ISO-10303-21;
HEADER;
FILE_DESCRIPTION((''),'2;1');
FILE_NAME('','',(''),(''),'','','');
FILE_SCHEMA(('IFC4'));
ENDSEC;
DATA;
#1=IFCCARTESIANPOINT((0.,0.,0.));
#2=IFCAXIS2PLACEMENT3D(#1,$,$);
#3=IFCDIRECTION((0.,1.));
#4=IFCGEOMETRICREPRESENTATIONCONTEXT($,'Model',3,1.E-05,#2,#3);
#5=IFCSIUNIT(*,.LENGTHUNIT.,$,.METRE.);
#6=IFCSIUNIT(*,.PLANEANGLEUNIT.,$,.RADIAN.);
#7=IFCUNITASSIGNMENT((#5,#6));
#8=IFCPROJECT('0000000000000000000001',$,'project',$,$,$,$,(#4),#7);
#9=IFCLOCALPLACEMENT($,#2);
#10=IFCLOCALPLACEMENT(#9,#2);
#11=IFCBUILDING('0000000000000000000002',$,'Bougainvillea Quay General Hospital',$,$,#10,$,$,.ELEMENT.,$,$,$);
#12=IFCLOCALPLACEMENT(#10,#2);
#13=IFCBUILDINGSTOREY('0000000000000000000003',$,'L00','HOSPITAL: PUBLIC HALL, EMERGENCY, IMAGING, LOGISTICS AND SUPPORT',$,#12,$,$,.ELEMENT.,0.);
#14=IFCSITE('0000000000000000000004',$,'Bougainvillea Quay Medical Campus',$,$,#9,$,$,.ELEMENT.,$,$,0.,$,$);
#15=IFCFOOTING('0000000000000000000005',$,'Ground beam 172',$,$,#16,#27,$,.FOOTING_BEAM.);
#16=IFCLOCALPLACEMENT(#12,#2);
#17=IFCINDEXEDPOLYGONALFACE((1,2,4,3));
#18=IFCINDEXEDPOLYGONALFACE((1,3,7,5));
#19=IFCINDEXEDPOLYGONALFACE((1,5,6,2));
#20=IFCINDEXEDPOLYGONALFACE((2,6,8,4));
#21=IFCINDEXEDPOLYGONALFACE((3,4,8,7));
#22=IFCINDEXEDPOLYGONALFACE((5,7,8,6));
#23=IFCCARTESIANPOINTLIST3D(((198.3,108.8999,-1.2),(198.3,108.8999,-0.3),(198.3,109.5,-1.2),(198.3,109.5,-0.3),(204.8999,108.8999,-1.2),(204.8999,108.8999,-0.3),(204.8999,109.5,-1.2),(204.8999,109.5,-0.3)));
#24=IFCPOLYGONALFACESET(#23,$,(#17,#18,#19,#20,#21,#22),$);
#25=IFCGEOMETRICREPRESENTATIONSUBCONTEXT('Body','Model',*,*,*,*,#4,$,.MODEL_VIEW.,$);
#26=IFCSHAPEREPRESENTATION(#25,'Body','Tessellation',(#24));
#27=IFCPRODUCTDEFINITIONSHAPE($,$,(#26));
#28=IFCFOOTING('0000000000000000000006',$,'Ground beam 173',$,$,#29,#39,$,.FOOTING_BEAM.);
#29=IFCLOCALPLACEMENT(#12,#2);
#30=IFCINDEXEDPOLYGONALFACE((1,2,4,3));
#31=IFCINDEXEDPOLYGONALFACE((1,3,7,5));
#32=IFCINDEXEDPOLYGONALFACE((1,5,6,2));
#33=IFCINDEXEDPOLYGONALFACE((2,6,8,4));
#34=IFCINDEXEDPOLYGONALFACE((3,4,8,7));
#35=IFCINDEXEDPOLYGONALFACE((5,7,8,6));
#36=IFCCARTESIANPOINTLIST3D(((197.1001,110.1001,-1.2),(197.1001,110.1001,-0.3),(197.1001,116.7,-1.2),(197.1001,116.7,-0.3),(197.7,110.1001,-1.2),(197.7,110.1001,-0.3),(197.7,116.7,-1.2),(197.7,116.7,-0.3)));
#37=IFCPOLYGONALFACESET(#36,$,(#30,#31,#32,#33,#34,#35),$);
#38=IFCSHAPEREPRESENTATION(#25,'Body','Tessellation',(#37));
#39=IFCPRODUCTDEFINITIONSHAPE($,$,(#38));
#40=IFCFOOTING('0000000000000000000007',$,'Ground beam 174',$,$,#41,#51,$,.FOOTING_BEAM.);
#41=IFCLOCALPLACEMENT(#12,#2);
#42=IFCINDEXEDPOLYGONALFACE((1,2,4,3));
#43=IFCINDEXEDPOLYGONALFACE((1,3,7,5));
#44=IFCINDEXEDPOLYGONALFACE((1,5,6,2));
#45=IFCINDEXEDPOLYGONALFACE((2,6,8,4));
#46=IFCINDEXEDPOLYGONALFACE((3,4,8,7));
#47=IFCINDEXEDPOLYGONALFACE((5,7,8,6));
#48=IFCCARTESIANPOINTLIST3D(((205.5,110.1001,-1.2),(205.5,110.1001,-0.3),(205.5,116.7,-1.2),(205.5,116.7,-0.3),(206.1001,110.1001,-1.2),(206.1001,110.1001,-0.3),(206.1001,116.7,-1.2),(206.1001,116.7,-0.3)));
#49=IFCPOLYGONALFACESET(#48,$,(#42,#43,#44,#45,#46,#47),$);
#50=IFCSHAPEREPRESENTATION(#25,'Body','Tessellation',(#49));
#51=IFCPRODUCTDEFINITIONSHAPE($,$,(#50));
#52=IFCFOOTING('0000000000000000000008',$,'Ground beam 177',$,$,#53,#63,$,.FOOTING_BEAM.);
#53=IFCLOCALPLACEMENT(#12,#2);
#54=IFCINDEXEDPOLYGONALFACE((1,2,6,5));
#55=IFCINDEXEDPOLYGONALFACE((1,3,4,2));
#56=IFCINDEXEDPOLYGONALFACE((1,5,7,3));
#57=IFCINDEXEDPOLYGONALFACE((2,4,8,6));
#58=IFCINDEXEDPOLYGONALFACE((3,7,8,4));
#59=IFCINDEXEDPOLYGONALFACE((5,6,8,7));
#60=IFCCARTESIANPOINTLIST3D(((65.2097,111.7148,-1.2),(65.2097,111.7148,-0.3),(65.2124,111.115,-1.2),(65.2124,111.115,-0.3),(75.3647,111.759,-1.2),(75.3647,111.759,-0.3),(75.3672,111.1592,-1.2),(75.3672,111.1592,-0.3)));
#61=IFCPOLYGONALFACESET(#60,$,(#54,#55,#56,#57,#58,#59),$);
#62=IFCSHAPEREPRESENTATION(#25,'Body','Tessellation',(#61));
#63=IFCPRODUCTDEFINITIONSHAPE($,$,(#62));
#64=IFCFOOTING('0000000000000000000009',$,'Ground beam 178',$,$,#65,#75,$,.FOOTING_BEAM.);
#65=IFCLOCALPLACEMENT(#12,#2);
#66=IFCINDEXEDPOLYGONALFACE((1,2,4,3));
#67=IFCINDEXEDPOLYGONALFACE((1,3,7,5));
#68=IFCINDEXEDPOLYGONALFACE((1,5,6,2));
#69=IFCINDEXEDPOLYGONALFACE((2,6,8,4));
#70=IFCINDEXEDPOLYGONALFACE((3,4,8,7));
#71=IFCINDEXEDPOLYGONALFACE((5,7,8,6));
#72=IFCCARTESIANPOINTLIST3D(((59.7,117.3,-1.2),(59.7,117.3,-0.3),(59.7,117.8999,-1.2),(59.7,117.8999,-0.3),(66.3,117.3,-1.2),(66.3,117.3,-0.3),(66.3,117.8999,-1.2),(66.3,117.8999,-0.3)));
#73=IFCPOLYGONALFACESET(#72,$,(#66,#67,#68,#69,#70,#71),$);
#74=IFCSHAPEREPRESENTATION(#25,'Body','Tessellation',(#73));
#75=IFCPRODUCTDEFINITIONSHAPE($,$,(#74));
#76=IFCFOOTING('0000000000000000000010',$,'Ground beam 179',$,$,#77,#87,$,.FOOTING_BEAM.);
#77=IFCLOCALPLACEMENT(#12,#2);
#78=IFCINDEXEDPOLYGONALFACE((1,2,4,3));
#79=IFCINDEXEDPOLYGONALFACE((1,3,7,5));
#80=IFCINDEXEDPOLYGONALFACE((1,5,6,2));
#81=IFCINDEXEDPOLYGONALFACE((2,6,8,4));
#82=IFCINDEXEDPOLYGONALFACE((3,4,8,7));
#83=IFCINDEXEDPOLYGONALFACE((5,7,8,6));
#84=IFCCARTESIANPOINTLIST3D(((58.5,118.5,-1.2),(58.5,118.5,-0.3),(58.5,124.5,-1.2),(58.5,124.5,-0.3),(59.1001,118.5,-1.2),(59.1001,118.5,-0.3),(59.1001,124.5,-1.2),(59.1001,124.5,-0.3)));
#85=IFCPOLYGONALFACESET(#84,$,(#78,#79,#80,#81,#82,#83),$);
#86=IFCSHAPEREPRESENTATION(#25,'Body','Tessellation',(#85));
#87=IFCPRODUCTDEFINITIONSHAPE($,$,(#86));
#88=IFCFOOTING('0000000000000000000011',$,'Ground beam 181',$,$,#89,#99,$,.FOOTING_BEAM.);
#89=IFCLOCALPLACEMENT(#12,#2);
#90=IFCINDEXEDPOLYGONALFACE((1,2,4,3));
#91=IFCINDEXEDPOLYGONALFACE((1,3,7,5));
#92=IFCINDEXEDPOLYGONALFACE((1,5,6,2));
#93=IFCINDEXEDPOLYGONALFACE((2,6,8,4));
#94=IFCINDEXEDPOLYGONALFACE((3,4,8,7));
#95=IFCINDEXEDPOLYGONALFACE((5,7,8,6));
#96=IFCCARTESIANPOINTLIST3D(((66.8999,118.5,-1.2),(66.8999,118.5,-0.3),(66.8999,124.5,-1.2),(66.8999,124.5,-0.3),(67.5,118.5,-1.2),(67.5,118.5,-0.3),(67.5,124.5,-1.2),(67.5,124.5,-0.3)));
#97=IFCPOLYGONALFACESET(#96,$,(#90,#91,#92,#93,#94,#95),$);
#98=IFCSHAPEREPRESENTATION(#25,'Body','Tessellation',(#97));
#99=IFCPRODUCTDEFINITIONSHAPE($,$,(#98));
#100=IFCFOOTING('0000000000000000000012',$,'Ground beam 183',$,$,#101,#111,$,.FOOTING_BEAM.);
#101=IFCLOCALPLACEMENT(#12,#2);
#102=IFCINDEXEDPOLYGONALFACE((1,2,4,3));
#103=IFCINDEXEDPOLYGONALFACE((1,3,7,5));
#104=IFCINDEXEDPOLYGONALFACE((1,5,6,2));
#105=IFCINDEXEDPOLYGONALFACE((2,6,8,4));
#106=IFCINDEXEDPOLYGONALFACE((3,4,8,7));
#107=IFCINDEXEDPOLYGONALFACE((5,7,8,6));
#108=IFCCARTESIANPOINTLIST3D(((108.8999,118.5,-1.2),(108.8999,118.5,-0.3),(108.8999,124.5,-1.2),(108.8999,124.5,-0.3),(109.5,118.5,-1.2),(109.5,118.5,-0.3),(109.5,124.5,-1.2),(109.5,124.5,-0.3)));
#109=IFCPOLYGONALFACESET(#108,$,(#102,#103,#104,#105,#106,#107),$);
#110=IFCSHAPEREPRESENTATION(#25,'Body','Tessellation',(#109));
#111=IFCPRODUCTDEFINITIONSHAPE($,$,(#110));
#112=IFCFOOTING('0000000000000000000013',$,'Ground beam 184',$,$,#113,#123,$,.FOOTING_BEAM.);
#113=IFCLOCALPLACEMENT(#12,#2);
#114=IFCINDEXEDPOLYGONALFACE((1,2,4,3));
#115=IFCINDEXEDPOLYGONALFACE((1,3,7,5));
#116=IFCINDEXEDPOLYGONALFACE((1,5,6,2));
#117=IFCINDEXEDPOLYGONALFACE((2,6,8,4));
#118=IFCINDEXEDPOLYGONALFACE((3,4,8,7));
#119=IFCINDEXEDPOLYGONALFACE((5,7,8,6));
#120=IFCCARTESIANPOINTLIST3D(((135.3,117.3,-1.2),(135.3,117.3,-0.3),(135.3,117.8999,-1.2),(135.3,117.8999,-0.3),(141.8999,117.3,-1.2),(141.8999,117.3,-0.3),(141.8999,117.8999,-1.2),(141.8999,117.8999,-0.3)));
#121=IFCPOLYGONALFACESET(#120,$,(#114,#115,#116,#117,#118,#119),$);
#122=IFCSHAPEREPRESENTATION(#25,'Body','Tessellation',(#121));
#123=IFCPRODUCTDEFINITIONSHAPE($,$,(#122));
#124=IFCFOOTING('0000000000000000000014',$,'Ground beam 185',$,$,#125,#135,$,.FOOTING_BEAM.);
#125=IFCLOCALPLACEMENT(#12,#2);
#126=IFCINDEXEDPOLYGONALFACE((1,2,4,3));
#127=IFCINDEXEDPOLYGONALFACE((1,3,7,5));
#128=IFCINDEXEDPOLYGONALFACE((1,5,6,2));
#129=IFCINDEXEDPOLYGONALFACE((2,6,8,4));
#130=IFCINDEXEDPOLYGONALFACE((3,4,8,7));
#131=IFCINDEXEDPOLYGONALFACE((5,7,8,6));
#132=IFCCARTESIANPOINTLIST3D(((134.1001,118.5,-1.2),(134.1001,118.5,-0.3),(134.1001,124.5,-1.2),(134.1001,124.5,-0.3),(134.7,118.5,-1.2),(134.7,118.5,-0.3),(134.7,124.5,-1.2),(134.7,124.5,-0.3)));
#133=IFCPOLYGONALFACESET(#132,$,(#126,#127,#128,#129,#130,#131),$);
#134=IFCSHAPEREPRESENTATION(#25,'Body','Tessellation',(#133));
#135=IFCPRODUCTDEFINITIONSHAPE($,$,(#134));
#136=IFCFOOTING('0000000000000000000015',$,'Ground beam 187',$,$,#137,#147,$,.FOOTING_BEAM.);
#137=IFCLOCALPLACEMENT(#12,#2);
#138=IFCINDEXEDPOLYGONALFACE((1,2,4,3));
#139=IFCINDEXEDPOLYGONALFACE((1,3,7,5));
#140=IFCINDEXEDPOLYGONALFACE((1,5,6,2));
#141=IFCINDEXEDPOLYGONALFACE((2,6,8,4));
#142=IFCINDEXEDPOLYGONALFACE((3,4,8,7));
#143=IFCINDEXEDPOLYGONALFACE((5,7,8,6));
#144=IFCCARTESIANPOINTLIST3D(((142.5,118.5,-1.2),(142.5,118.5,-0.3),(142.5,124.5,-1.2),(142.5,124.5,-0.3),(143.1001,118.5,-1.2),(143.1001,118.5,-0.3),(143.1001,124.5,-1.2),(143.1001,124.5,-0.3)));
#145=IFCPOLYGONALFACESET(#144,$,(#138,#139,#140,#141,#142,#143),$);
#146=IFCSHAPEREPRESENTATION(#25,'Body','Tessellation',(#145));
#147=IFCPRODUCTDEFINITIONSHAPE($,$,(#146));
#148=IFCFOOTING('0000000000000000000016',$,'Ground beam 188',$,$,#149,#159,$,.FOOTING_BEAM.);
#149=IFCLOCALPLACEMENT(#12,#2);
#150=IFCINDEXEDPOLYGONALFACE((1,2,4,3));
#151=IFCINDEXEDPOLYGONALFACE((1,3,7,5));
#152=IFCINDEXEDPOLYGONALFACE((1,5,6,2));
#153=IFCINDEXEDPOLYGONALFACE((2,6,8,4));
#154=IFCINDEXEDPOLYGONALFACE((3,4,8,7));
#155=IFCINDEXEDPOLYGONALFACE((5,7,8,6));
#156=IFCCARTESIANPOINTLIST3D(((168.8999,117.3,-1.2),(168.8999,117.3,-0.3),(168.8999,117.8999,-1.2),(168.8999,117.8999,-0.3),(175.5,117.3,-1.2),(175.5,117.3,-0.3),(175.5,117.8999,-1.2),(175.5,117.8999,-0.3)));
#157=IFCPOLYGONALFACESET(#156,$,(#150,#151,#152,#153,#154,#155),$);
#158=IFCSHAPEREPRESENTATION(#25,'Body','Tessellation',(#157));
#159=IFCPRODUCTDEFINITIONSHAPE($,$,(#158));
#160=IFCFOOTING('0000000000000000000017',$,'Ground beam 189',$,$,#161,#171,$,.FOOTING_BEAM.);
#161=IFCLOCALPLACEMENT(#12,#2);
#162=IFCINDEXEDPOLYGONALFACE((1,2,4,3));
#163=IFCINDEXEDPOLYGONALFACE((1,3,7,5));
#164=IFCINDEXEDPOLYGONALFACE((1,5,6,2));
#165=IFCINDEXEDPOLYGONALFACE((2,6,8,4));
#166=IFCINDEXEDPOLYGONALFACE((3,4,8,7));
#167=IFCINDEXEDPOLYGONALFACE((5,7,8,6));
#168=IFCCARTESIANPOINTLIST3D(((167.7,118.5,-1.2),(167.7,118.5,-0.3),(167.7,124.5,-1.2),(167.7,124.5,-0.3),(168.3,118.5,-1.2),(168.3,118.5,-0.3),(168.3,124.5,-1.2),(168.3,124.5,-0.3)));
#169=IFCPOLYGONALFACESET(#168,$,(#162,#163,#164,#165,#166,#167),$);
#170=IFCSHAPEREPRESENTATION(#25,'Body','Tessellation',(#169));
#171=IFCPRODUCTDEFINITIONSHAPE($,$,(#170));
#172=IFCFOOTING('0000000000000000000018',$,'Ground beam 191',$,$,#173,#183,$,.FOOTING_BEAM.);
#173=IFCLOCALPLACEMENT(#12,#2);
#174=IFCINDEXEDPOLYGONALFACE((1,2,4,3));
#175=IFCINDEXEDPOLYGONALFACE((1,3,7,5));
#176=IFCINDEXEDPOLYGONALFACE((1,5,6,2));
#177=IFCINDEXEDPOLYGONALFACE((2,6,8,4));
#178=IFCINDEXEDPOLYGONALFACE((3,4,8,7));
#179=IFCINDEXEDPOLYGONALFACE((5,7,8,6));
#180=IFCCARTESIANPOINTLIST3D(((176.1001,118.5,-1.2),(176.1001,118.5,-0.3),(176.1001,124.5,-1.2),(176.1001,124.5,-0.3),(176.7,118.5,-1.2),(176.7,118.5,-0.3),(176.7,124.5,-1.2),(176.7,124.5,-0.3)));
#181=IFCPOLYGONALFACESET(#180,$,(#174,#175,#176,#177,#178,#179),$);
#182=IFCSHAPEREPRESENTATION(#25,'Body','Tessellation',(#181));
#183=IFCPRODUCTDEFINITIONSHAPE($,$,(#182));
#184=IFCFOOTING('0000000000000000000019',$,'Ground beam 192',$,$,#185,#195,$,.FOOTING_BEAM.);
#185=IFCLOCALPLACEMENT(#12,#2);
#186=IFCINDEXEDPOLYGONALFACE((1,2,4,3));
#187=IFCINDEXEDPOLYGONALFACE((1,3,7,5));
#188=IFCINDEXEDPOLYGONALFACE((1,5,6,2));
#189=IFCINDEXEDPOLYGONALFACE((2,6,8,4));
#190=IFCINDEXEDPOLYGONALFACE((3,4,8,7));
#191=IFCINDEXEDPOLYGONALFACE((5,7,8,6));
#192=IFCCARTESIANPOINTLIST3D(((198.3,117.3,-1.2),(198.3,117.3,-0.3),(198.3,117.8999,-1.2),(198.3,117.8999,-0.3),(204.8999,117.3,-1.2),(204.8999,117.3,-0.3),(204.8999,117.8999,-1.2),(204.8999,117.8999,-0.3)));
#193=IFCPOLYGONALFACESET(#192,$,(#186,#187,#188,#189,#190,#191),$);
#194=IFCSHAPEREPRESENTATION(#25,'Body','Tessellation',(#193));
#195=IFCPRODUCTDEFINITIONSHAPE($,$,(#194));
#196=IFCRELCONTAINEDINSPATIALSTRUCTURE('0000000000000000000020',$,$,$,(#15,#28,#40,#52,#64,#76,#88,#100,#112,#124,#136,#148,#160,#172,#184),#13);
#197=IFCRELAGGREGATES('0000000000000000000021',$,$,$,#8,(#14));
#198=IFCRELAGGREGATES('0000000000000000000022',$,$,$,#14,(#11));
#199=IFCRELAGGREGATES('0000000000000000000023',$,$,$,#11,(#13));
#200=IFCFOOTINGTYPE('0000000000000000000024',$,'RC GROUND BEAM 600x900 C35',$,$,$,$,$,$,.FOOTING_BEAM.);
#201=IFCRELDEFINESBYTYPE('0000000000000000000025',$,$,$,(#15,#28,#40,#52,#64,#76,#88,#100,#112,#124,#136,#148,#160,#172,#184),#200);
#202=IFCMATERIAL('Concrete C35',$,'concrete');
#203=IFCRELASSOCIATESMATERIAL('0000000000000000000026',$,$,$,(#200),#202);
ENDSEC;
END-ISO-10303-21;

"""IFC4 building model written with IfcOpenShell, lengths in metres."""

from ifc_helpers import new_model, si_unit, direction, frame, origin, origin_2d, place, context, subcontext, project, spatial, polyline, rectangle, outline, extrude, material, material_profile, profile_set, type_object, element, save


model = new_model("IFC4")

# Units and contexts
model_context = context("Model", 3, precision=1e-05, world=origin(), true_north=direction((0.0, 1.0)))
body_context = subcontext(model_context, "Body", "Model", "MODEL_VIEW")
ifc_project = project(units=[si_unit("LENGTHUNIT", "METRE"), si_unit("PLANEANGLEUNIT", "RADIAN")], contexts=[model_context])

# Site, building, storey
site_placement = place(None, origin())
site = spatial("IfcSite", under=ifc_project, at=site_placement, Name="Bougainvillea Quay Medical Campus", CompositionType="ELEMENT", RefElevation=0.0)
building_placement = place(site_placement, origin())
building = spatial("IfcBuilding", under=site, at=building_placement, Name="Bougainvillea Quay General Hospital", CompositionType="ELEMENT")
storey_placement = place(building_placement, origin())
storey = spatial("IfcBuildingStorey", under=building, at=storey_placement, Name="L00", Description="HOSPITAL: PUBLIC HALL, EMERGENCY, IMAGING, LOGISTICS AND SUPPORT", CompositionType="ELEMENT", Elevation=0.0)

# Footings
ifc_material = material(Name="Concrete C35", Category="concrete")
ifc_material_profile = material_profile(ifc_material, rectangle(XDim=0.6001, YDim=0.8999, at=origin_2d()))
ifc_profile_set = profile_set([ifc_material_profile], Name="Concrete C35")
footing_type = type_object("IfcFootingType", Name="RC GROUND BEAM 600x900 C35", PredefinedType="FOOTING_BEAM", material=ifc_profile_set)
footing_1_placement = place(storey_placement, frame((0.0, 0.0, -1.2)))
element("IfcFooting", 1, at=footing_1_placement, inside=storey, type_object=footing_type, Name="Ground beam 172", PredefinedType="FOOTING_BEAM", context=body_context, shape_type="SweptSolid", body=[
    extrude(outline(polyline([(198.3, 109.5), (204.8999, 109.5), (204.8999, 108.8999), (198.3, 108.8999), (198.3, 109.5)])), origin(), (0.0, 0.0, 1.0), 0.8999),
])
footing_2_placement = place(storey_placement, frame((0.0, 0.0, -1.2)))
element("IfcFooting", 2, at=footing_2_placement, inside=storey, type_object=footing_type, Name="Ground beam 173", PredefinedType="FOOTING_BEAM", context=body_context, shape_type="SweptSolid", body=[
    extrude(outline(polyline([(197.1001, 110.1001), (197.1001, 116.7), (197.7, 116.7), (197.7, 110.1001), (197.1001, 110.1001)])), origin(), (0.0, 0.0, 1.0), 0.8999),
])
footing_3_placement = place(storey_placement, frame((0.0, 0.0, -1.2)))
element("IfcFooting", 3, at=footing_3_placement, inside=storey, type_object=footing_type, Name="Ground beam 174", PredefinedType="FOOTING_BEAM", context=body_context, shape_type="SweptSolid", body=[
    extrude(outline(polyline([(205.5, 110.1001), (205.5, 116.7), (206.1001, 116.7), (206.1001, 110.1001), (205.5, 110.1001)])), origin(), (0.0, 0.0, 1.0), 0.8999),
])
footing_4_placement = place(storey_placement, frame((0.0, 0.0, -1.2)))
element("IfcFooting", 4, at=footing_4_placement, inside=storey, type_object=footing_type, Name="Ground beam 177", PredefinedType="FOOTING_BEAM", context=body_context, shape_type="SweptSolid", body=[
    extrude(outline(polyline([(65.2097, 111.7148), (75.3647, 111.759), (75.3672, 111.1592), (65.2124, 111.115), (65.2097, 111.7148)])), origin(), (0.0, 0.0, 1.0), 0.8999),
])
footing_5_placement = place(storey_placement, frame((0.0, 0.0, -1.2)))
element("IfcFooting", 5, at=footing_5_placement, inside=storey, type_object=footing_type, Name="Ground beam 178", PredefinedType="FOOTING_BEAM", context=body_context, shape_type="SweptSolid", body=[
    extrude(outline(polyline([(59.7, 117.8999), (66.3, 117.8999), (66.3, 117.3), (59.7, 117.3), (59.7, 117.8999)])), origin(), (0.0, 0.0, 1.0), 0.8999),
])
footing_6_placement = place(storey_placement, frame((0.0, 0.0, -1.2)))
element("IfcFooting", 6, at=footing_6_placement, inside=storey, type_object=footing_type, Name="Ground beam 179", PredefinedType="FOOTING_BEAM", context=body_context, shape_type="SweptSolid", body=[
    extrude(outline(polyline([(58.5, 118.5), (58.5, 124.5), (59.1001, 124.5), (59.1001, 118.5), (58.5, 118.5)])), origin(), (0.0, 0.0, 1.0), 0.8999),
])
footing_7_placement = place(storey_placement, frame((0.0, 0.0, -1.2)))
element("IfcFooting", 7, at=footing_7_placement, inside=storey, type_object=footing_type, Name="Ground beam 181", PredefinedType="FOOTING_BEAM", context=body_context, shape_type="SweptSolid", body=[
    extrude(outline(polyline([(66.8999, 118.5), (66.8999, 124.5), (67.5, 124.5), (67.5, 118.5), (66.8999, 118.5)])), origin(), (0.0, 0.0, 1.0), 0.8999),
])
footing_8_placement = place(storey_placement, frame((0.0, 0.0, -1.2)))
element("IfcFooting", 8, at=footing_8_placement, inside=storey, type_object=footing_type, Name="Ground beam 183", PredefinedType="FOOTING_BEAM", context=body_context, shape_type="SweptSolid", body=[
    extrude(outline(polyline([(108.8999, 118.5), (108.8999, 124.5), (109.5, 124.5), (109.5, 118.5), (108.8999, 118.5)])), origin(), (0.0, 0.0, 1.0), 0.8999),
])
footing_9_placement = place(storey_placement, frame((0.0, 0.0, -1.2)))
element("IfcFooting", 9, at=footing_9_placement, inside=storey, type_object=footing_type, Name="Ground beam 184", PredefinedType="FOOTING_BEAM", context=body_context, shape_type="SweptSolid", body=[
    extrude(outline(polyline([(135.3, 117.8999), (141.8999, 117.8999), (141.8999, 117.3), (135.3, 117.3), (135.3, 117.8999)])), origin(), (0.0, 0.0, 1.0), 0.8999),
])
footing_10_placement = place(storey_placement, frame((0.0, 0.0, -1.2)))
element("IfcFooting", 10, at=footing_10_placement, inside=storey, type_object=footing_type, Name="Ground beam 185", PredefinedType="FOOTING_BEAM", context=body_context, shape_type="SweptSolid", body=[
    extrude(outline(polyline([(134.1001, 118.5), (134.1001, 124.5), (134.7, 124.5), (134.7, 118.5), (134.1001, 118.5)])), origin(), (0.0, 0.0, 1.0), 0.8999),
])
footing_11_placement = place(storey_placement, frame((0.0, 0.0, -1.2)))
element("IfcFooting", 11, at=footing_11_placement, inside=storey, type_object=footing_type, Name="Ground beam 187", PredefinedType="FOOTING_BEAM", context=body_context, shape_type="SweptSolid", body=[
    extrude(outline(polyline([(142.5, 118.5), (142.5, 124.5), (143.1001, 124.5), (143.1001, 118.5), (142.5, 118.5)])), origin(), (0.0, 0.0, 1.0), 0.8999),
])
footing_12_placement = place(storey_placement, frame((0.0, 0.0, -1.2)))
element("IfcFooting", 12, at=footing_12_placement, inside=storey, type_object=footing_type, Name="Ground beam 188", PredefinedType="FOOTING_BEAM", context=body_context, shape_type="SweptSolid", body=[
    extrude(outline(polyline([(168.8999, 117.8999), (175.5, 117.8999), (175.5, 117.3), (168.8999, 117.3), (168.8999, 117.8999)])), origin(), (0.0, 0.0, 1.0), 0.8999),
])
footing_13_placement = place(storey_placement, frame((0.0, 0.0, -1.2)))
element("IfcFooting", 13, at=footing_13_placement, inside=storey, type_object=footing_type, Name="Ground beam 189", PredefinedType="FOOTING_BEAM", context=body_context, shape_type="SweptSolid", body=[
    extrude(outline(polyline([(167.7, 118.5), (167.7, 124.5), (168.3, 124.5), (168.3, 118.5), (167.7, 118.5)])), origin(), (0.0, 0.0, 1.0), 0.8999),
])
footing_14_placement = place(storey_placement, frame((0.0, 0.0, -1.2)))
element("IfcFooting", 14, at=footing_14_placement, inside=storey, type_object=footing_type, Name="Ground beam 191", PredefinedType="FOOTING_BEAM", context=body_context, shape_type="SweptSolid", body=[
    extrude(outline(polyline([(176.1001, 118.5), (176.1001, 124.5), (176.7, 124.5), (176.7, 118.5), (176.1001, 118.5)])), origin(), (0.0, 0.0, 1.0), 0.8999),
])
footing_15_placement = place(storey_placement, frame((0.0, 0.0, -1.2)))
element("IfcFooting", 15, at=footing_15_placement, inside=storey, type_object=footing_type, Name="Ground beam 192", PredefinedType="FOOTING_BEAM", context=body_context, shape_type="SweptSolid", body=[
    extrude(outline(polyline([(198.3, 117.8999), (204.8999, 117.8999), (204.8999, 117.3), (198.3, 117.3), (198.3, 117.8999)])), origin(), (0.0, 0.0, 1.0), 0.8999),
])

save(model, "model.ifc")
